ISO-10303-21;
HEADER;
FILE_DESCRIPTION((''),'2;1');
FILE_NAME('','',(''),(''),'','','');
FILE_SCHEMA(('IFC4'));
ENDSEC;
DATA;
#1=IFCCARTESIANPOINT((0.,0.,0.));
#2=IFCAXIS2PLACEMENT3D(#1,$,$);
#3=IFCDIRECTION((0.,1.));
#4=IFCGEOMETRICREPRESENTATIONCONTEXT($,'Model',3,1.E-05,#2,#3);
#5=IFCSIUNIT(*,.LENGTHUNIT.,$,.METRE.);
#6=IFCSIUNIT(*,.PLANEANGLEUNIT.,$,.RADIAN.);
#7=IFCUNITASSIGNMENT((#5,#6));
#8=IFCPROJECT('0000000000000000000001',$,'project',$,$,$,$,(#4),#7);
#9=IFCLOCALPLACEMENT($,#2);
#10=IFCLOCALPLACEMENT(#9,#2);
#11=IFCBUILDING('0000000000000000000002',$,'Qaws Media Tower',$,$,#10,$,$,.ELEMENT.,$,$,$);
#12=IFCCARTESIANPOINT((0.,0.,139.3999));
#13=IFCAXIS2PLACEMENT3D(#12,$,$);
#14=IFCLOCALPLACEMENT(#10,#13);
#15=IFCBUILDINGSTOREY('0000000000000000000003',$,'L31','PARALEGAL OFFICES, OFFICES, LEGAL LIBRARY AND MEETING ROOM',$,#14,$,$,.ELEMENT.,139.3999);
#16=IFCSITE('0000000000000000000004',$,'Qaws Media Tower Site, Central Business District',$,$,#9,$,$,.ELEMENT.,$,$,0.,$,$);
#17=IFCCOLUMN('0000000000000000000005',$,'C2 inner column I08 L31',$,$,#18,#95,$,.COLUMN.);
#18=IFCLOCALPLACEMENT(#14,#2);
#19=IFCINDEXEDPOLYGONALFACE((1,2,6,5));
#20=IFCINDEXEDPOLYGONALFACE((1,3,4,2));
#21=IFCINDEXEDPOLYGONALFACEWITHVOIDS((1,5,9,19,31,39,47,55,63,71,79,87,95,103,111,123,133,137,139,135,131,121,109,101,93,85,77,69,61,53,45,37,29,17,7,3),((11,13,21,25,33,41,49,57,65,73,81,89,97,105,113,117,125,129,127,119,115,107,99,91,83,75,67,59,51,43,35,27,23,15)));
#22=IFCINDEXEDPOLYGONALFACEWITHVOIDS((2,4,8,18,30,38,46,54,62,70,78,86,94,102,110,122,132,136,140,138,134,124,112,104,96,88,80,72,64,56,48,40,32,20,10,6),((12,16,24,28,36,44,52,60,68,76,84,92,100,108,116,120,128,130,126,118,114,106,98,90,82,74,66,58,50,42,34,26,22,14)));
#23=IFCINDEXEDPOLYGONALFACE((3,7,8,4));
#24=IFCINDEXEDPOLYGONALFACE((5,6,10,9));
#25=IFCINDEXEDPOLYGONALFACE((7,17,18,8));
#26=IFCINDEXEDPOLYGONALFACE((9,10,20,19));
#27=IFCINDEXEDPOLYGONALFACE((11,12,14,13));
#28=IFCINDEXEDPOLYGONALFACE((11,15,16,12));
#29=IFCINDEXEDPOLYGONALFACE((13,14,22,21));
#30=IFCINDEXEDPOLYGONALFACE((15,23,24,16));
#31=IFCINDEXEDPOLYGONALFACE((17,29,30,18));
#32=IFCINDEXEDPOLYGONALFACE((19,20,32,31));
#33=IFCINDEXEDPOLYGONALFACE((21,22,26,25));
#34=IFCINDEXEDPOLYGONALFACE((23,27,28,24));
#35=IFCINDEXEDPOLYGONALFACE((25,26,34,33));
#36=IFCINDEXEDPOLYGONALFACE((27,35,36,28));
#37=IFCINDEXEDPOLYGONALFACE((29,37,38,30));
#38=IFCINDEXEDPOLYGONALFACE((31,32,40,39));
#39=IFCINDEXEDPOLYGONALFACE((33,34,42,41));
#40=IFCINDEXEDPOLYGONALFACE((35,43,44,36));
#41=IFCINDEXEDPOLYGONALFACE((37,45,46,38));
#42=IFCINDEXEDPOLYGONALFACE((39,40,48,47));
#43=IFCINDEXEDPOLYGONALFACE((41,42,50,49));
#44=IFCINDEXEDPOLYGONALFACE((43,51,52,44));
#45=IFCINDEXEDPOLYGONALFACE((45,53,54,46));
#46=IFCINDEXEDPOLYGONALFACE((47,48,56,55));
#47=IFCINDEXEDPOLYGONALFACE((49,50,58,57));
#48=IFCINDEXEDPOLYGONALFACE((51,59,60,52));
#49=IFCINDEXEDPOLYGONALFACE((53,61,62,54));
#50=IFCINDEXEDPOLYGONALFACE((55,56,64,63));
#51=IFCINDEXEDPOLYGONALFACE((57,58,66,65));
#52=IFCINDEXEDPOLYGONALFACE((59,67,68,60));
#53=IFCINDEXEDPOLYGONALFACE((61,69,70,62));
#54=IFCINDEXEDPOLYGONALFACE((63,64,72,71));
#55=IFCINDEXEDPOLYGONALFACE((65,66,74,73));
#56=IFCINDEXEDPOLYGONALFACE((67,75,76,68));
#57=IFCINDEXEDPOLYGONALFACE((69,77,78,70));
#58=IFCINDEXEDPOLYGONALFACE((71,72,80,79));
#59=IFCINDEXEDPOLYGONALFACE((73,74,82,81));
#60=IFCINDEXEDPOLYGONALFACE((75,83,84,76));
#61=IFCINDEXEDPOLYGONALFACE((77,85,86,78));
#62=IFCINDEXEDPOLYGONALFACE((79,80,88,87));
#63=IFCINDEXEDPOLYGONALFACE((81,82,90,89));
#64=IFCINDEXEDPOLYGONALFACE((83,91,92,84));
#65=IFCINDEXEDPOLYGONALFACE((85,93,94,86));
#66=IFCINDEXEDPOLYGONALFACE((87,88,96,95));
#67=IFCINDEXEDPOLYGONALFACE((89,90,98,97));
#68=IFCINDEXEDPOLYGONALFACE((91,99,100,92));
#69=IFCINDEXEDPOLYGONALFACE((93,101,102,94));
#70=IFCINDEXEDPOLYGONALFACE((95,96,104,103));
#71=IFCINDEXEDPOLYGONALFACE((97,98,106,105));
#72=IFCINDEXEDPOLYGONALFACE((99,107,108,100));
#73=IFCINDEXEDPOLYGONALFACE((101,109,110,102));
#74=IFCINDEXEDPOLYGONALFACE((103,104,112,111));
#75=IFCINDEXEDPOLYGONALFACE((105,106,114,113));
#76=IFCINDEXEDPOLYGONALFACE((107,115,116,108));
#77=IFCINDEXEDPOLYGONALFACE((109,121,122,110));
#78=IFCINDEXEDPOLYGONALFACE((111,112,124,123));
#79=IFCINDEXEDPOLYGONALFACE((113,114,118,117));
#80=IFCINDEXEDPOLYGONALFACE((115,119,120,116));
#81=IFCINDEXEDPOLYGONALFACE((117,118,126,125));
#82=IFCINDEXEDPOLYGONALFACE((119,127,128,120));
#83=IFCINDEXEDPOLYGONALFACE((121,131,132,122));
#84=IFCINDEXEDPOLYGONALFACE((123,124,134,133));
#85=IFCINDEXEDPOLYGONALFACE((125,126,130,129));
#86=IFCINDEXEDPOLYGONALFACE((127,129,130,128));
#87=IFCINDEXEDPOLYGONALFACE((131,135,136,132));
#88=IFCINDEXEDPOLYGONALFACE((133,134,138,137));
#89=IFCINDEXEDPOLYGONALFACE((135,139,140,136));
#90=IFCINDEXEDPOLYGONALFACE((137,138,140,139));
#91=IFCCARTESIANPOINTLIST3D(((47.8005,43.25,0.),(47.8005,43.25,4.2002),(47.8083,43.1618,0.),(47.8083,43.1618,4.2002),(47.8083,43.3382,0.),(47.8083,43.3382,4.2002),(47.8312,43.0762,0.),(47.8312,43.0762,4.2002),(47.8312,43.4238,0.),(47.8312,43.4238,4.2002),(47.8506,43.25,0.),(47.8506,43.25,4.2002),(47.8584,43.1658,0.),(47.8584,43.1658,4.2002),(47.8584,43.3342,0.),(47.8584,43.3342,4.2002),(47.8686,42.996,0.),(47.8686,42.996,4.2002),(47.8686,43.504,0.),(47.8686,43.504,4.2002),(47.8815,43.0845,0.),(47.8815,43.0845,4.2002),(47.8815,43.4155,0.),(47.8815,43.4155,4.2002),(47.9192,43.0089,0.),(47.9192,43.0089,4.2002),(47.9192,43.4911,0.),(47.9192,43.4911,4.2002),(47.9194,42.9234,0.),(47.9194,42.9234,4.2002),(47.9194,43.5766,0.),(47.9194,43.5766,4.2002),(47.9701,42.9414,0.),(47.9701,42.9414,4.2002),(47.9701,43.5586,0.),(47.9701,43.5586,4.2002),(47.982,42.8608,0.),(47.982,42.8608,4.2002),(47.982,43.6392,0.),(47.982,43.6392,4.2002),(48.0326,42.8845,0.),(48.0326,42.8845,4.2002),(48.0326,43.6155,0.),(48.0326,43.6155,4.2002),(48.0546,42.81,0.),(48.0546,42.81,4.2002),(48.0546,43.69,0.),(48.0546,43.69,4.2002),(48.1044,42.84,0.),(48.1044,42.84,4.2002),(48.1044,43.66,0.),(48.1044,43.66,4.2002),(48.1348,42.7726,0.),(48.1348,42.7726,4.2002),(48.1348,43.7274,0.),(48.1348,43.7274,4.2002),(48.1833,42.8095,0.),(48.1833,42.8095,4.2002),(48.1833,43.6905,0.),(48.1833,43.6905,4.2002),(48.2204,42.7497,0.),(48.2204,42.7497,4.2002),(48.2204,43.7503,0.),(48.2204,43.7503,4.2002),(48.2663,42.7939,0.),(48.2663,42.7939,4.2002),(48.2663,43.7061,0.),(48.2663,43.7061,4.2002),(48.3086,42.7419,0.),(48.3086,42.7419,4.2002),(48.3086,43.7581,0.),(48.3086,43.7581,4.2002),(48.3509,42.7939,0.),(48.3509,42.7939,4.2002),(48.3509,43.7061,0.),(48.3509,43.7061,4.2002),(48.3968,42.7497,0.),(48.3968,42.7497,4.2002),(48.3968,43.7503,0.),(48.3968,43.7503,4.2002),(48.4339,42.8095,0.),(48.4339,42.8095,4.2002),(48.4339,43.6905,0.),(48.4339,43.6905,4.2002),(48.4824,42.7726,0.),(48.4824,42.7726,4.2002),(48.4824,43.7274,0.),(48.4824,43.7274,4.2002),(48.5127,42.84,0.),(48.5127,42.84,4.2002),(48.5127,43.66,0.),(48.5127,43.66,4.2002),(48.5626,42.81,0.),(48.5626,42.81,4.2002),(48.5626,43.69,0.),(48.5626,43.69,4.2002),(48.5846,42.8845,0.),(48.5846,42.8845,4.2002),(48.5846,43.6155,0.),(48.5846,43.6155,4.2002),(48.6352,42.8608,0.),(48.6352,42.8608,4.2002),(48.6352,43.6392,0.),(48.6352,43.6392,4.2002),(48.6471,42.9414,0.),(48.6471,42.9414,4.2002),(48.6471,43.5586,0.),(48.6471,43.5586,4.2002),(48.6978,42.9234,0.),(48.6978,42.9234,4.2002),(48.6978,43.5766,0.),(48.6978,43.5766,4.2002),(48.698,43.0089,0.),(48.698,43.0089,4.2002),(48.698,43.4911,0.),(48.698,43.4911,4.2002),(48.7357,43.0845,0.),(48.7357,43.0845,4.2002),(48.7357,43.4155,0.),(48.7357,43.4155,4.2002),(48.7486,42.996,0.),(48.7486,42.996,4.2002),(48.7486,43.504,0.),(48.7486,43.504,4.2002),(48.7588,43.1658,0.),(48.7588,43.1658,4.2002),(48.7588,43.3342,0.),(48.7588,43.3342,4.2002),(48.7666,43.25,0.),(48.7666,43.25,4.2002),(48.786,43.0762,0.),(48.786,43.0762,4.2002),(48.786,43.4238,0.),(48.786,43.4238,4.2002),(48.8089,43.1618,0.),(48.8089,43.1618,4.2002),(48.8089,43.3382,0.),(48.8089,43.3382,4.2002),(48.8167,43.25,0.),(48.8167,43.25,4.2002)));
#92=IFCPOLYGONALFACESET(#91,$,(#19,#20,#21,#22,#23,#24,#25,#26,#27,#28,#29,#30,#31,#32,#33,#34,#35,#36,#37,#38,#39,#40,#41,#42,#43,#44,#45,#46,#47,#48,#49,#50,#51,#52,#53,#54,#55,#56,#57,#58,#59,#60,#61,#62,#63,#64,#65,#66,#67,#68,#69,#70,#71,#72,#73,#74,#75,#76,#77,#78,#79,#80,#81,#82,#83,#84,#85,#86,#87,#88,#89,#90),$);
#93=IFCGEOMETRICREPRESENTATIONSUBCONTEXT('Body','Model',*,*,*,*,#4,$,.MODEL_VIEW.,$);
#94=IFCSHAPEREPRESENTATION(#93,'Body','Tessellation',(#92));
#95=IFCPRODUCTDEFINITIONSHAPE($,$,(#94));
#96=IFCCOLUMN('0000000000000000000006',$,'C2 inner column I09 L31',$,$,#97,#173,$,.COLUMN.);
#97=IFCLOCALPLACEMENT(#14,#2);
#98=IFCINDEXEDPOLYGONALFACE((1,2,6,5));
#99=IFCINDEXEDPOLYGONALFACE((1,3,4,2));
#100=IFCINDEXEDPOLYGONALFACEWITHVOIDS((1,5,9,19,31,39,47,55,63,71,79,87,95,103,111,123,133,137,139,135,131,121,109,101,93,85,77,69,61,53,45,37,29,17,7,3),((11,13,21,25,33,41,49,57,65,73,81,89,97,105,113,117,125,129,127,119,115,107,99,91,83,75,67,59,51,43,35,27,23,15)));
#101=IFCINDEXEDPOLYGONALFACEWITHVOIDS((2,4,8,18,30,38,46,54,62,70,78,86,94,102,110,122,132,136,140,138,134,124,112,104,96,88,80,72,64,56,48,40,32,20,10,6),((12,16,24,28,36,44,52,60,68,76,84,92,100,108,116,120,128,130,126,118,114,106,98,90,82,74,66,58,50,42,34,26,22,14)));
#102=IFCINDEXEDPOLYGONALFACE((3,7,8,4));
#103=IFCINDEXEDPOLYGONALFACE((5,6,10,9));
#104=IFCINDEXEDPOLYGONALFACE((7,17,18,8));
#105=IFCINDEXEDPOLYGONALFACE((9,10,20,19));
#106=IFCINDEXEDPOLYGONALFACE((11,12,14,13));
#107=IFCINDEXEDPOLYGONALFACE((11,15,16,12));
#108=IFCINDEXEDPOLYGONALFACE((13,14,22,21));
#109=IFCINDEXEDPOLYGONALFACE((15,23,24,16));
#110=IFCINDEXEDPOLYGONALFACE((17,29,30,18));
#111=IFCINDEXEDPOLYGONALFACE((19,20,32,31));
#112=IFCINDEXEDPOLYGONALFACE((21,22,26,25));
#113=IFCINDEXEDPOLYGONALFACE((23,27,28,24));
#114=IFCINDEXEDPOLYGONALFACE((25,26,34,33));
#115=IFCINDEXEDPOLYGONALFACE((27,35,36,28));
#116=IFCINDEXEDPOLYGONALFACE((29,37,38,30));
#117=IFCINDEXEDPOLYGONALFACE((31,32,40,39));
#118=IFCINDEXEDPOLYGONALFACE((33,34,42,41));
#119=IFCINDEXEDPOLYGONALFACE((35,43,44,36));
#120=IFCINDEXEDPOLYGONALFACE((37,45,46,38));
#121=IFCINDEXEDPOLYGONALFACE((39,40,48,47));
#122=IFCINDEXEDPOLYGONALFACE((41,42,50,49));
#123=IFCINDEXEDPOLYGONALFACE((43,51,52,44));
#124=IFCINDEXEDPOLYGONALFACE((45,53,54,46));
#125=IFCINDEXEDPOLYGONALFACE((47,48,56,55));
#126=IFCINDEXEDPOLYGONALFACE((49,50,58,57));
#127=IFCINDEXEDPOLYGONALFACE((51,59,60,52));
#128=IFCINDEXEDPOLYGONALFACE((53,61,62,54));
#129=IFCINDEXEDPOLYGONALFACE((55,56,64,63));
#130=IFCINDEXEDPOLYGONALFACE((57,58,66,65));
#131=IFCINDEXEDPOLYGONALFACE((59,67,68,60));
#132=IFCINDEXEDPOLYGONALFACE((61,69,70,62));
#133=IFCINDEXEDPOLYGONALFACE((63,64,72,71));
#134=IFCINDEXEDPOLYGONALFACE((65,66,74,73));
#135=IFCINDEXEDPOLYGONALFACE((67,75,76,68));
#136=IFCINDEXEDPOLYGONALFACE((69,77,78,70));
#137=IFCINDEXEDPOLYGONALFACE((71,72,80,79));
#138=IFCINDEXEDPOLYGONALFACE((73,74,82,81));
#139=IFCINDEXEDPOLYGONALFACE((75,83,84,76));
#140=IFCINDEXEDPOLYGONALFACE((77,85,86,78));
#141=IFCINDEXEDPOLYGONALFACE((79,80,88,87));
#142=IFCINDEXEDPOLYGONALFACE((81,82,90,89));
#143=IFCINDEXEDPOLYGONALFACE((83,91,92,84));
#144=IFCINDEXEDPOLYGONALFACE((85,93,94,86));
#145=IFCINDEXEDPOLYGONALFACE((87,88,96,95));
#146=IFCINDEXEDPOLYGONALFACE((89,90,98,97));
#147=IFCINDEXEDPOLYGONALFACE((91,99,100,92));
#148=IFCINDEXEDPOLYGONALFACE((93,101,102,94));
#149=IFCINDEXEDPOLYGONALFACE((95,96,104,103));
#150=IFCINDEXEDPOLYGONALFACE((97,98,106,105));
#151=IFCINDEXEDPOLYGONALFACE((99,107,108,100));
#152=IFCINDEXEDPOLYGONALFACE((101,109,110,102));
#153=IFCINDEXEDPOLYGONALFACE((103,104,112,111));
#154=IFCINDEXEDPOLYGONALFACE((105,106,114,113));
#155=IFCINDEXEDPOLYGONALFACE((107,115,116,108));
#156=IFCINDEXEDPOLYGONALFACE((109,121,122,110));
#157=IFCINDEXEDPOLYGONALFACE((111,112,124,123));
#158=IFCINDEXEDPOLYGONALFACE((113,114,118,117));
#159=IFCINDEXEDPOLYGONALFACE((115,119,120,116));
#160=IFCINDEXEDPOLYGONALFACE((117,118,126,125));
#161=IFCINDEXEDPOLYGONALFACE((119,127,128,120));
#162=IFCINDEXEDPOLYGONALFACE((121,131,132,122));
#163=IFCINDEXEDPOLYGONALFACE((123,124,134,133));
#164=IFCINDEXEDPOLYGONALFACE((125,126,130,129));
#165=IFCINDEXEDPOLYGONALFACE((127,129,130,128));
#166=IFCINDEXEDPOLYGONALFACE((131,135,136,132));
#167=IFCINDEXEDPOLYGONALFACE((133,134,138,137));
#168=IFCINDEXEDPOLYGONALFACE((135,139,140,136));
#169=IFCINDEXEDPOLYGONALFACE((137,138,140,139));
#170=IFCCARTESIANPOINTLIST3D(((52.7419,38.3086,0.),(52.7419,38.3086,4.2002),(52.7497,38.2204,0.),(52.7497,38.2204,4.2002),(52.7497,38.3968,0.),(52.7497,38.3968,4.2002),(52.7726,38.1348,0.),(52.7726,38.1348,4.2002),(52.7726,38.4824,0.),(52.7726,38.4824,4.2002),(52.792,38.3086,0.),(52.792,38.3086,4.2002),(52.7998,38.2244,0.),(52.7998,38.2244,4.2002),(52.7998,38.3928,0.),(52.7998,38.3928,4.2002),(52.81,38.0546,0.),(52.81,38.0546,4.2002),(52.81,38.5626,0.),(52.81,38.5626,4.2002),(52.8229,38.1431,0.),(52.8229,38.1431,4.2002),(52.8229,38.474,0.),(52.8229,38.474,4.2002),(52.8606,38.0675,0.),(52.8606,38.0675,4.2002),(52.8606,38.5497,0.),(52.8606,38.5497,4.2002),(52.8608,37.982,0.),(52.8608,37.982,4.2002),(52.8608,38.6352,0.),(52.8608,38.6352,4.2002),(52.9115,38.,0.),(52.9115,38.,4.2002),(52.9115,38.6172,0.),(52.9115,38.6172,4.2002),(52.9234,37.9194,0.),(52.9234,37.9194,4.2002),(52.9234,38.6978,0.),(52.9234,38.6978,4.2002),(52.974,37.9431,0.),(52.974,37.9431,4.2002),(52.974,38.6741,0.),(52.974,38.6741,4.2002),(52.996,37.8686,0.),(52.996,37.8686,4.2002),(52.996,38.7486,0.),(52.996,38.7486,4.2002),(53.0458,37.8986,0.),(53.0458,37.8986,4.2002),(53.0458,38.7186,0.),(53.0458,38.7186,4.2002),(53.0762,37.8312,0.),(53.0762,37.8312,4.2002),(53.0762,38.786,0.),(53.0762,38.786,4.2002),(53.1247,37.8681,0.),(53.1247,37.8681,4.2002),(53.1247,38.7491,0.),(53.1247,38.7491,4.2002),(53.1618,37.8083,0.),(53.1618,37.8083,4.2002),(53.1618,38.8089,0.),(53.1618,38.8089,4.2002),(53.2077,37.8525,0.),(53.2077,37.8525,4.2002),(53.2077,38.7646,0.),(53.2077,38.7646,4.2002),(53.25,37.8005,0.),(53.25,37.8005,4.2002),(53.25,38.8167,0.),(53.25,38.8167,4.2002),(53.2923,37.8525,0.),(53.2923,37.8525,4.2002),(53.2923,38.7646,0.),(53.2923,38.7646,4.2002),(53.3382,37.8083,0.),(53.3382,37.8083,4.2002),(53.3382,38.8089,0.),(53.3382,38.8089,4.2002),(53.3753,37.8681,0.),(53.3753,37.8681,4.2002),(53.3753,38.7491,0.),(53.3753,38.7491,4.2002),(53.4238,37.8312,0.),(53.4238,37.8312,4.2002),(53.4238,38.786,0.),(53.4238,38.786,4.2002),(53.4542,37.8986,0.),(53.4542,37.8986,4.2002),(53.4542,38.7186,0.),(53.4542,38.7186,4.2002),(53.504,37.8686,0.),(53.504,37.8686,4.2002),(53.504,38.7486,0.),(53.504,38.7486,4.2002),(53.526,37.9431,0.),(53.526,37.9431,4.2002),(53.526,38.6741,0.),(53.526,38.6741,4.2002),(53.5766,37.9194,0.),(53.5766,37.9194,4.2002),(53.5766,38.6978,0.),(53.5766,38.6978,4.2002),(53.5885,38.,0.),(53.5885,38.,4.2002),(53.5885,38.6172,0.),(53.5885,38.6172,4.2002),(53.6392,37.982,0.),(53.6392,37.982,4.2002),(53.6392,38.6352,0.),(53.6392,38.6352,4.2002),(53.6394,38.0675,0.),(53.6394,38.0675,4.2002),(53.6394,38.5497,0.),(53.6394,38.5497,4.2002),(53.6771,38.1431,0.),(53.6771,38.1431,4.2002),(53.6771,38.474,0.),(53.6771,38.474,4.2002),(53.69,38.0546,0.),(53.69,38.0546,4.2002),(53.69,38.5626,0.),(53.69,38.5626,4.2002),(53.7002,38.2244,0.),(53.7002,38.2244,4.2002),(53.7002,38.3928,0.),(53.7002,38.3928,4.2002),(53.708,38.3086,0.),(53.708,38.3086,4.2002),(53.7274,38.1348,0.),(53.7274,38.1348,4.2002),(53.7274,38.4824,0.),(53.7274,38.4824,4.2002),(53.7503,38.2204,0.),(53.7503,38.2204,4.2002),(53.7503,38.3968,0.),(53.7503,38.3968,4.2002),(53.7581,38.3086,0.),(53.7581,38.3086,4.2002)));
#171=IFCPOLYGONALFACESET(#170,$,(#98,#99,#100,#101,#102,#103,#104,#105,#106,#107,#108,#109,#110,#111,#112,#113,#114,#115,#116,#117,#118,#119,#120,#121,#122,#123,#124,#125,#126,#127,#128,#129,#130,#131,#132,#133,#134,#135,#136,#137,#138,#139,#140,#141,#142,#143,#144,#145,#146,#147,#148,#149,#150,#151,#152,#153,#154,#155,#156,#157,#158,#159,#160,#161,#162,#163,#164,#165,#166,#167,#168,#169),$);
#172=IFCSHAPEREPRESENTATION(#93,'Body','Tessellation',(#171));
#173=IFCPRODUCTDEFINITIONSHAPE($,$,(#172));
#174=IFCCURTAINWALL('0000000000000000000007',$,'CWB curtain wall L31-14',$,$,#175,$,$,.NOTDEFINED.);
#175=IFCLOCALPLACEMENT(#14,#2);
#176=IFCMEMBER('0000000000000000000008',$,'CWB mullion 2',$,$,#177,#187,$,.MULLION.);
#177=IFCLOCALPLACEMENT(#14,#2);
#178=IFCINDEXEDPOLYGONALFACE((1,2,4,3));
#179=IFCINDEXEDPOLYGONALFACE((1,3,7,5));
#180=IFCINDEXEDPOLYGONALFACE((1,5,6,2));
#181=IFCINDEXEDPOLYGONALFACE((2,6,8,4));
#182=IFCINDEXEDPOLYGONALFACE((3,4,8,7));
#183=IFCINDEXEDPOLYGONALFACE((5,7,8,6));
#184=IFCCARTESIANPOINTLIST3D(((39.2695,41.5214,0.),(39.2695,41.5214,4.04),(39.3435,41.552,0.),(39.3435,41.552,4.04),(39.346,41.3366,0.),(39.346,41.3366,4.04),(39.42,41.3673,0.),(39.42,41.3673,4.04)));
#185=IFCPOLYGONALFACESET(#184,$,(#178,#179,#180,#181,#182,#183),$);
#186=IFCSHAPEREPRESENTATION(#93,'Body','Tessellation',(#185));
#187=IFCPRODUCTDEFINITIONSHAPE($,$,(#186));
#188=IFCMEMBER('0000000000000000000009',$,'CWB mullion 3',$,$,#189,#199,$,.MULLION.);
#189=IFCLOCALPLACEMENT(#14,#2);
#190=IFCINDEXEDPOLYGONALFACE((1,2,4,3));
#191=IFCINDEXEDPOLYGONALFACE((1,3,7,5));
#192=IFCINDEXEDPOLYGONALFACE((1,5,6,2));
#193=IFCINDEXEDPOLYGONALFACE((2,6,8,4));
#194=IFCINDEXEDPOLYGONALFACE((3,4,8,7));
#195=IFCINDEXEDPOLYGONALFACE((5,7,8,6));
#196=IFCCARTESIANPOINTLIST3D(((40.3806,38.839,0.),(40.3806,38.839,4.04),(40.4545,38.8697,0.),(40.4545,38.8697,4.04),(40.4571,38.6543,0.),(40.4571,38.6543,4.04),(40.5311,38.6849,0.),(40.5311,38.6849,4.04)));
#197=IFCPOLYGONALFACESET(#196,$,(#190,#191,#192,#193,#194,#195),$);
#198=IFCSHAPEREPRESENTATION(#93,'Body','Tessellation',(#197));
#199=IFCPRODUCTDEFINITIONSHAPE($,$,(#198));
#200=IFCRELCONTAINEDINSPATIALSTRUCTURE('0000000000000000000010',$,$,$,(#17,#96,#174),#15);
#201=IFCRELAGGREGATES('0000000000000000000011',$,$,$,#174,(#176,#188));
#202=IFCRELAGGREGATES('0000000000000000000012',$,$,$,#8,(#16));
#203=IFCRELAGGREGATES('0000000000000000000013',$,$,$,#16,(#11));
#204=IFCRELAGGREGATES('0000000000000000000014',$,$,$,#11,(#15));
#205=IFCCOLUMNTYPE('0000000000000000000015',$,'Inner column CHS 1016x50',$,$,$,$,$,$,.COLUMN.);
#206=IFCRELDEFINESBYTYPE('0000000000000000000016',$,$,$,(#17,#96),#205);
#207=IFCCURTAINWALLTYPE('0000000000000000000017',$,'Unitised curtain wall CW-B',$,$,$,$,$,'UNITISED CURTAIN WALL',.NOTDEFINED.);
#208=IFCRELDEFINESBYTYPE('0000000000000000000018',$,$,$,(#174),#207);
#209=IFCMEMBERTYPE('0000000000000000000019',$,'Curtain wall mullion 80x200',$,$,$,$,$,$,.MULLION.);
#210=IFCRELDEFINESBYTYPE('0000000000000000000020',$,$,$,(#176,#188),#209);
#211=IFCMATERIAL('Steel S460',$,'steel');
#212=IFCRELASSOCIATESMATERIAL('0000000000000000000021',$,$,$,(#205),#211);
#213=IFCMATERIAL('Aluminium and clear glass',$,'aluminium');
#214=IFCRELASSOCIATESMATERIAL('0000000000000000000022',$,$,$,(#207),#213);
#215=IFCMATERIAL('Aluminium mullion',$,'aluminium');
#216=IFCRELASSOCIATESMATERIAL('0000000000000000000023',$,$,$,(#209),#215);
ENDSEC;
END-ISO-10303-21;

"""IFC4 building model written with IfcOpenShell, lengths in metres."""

from ifc_helpers import new_model, si_unit, direction, frame, origin, origin_2d, place, context, subcontext, project, spatial, rectangle, hollow_circle, extrude, material, material_profile, profile_set, type_object, element, aggregate, save


model = new_model("IFC4")

# Units and contexts
model_context = context("Model", 3, precision=1e-05, world=origin(), true_north=direction((0.0, 1.0)))
body_context = subcontext(model_context, "Body", "Model", "MODEL_VIEW")
ifc_project = project(units=[si_unit("LENGTHUNIT", "METRE"), si_unit("PLANEANGLEUNIT", "RADIAN")], contexts=[model_context])

# Site, building, storey
site_placement = place(None, origin())
site = spatial("IfcSite", under=ifc_project, at=site_placement, Name="Qaws Media Tower Site, Central Business District", CompositionType="ELEMENT", RefElevation=0.0)
building_placement = place(site_placement, origin())
building = spatial("IfcBuilding", under=site, at=building_placement, Name="Qaws Media Tower", CompositionType="ELEMENT")
storey_placement = place(building_placement, frame((0.0, 0.0, 139.3999)))
storey = spatial("IfcBuildingStorey", under=building, at=storey_placement, Name="L31", Description="PARALEGAL OFFICES, OFFICES, LEGAL LIBRARY AND MEETING ROOM", CompositionType="ELEMENT", Elevation=139.3999)

# Columns
ifc_material_1 = material(Name="Steel S460", Category="steel")
ifc_material_profile_1 = material_profile(ifc_material_1, hollow_circle(Radius=0.5081, WallThickness=0.05, at=origin_2d()), Name="CHS 1016x50")
ifc_profile_set_1 = profile_set([ifc_material_profile_1], Name="Steel S460")
column_type = type_object("IfcColumnType", Name="Inner column CHS 1016x50", PredefinedType="COLUMN", material=ifc_profile_set_1)
for number, where, z_axis, x_axis, name in (
    (1, (48.3086, 43.25, 0.0), (0.0, 0.0, 1.0), (1.0, 0.0, 0.0), "C2 inner column I08 L31"),
    (2, (53.25, 38.3086, 0.0), (0.0, 0.0, 1.0), (1.0, 0.0, 0.0), "C2 inner column I09 L31"),
):
    element("IfcColumn", number, at=place(storey_placement, frame(where, z_axis=z_axis, x_axis=x_axis)), inside=storey, type_object=column_type, Name=name, PredefinedType="COLUMN", context=body_context, shape_type="SweptSolid", body=[
        extrude(hollow_circle(Radius=0.5081, WallThickness=0.05, at=origin_2d()), origin(), (0.0, 0.0, 1.0), 4.2002),
    ])

# Curtain wall, members
ifc_material_2 = material(Name="Aluminium and clear glass", Category="aluminium")
curtain_wall_type = type_object("IfcCurtainWallType", Name="Unitised curtain wall CW-B", ElementType="UNITISED CURTAIN WALL", PredefinedType="NOTDEFINED", material=ifc_material_2)
curtain_wall_1_placement = place(storey_placement, origin())
curtain_wall_1 = element("IfcCurtainWall", 3, at=curtain_wall_1_placement, inside=storey, type_object=curtain_wall_type, Name="CWB curtain wall L31-14", PredefinedType="NOTDEFINED")
ifc_material_3 = material(Name="Aluminium mullion", Category="aluminium")
ifc_material_profile_2 = material_profile(ifc_material_3, rectangle(XDim=0.0801, YDim=0.2, at=origin_2d()), Name="80x200")
ifc_profile_set_2 = profile_set([ifc_material_profile_2], Name="Aluminium mullion")
member_type_1 = type_object("IfcMemberType", Name="Curtain wall mullion 80x200", PredefinedType="MULLION", material=ifc_profile_set_2)
member_1_placement = place(storey_placement, frame((39.3447, 41.4443, 0.0), z_axis=(0.0, 0.0, 1.0), x_axis=(0.92388, 0.382683, 0.0)))
member_1 = element("IfcMember", 4, at=member_1_placement, type_object=member_type_1, Name="CWB mullion 2", PredefinedType="MULLION", context=body_context, shape_type="SweptSolid", body=[
    extrude(rectangle(XDim=0.0801, YDim=0.2, at=origin_2d()), origin(), (0.0, 0.0, 1.0), 4.04),
])
member_2_placement = place(storey_placement, frame((40.4558, 38.762, 0.0), z_axis=(0.0, 0.0, 1.0), x_axis=(0.92388, 0.382683, 0.0)))
member_2 = element("IfcMember", 5, at=member_2_placement, type_object=member_type_1, Name="CWB mullion 3", PredefinedType="MULLION", context=body_context, shape_type="SweptSolid", body=[
    extrude(rectangle(XDim=0.0801, YDim=0.2, at=origin_2d()), origin(), (0.0, 0.0, 1.0), 4.04),
])

aggregate(curtain_wall_1, [member_1, member_2])

save(model, "model.ifc")
